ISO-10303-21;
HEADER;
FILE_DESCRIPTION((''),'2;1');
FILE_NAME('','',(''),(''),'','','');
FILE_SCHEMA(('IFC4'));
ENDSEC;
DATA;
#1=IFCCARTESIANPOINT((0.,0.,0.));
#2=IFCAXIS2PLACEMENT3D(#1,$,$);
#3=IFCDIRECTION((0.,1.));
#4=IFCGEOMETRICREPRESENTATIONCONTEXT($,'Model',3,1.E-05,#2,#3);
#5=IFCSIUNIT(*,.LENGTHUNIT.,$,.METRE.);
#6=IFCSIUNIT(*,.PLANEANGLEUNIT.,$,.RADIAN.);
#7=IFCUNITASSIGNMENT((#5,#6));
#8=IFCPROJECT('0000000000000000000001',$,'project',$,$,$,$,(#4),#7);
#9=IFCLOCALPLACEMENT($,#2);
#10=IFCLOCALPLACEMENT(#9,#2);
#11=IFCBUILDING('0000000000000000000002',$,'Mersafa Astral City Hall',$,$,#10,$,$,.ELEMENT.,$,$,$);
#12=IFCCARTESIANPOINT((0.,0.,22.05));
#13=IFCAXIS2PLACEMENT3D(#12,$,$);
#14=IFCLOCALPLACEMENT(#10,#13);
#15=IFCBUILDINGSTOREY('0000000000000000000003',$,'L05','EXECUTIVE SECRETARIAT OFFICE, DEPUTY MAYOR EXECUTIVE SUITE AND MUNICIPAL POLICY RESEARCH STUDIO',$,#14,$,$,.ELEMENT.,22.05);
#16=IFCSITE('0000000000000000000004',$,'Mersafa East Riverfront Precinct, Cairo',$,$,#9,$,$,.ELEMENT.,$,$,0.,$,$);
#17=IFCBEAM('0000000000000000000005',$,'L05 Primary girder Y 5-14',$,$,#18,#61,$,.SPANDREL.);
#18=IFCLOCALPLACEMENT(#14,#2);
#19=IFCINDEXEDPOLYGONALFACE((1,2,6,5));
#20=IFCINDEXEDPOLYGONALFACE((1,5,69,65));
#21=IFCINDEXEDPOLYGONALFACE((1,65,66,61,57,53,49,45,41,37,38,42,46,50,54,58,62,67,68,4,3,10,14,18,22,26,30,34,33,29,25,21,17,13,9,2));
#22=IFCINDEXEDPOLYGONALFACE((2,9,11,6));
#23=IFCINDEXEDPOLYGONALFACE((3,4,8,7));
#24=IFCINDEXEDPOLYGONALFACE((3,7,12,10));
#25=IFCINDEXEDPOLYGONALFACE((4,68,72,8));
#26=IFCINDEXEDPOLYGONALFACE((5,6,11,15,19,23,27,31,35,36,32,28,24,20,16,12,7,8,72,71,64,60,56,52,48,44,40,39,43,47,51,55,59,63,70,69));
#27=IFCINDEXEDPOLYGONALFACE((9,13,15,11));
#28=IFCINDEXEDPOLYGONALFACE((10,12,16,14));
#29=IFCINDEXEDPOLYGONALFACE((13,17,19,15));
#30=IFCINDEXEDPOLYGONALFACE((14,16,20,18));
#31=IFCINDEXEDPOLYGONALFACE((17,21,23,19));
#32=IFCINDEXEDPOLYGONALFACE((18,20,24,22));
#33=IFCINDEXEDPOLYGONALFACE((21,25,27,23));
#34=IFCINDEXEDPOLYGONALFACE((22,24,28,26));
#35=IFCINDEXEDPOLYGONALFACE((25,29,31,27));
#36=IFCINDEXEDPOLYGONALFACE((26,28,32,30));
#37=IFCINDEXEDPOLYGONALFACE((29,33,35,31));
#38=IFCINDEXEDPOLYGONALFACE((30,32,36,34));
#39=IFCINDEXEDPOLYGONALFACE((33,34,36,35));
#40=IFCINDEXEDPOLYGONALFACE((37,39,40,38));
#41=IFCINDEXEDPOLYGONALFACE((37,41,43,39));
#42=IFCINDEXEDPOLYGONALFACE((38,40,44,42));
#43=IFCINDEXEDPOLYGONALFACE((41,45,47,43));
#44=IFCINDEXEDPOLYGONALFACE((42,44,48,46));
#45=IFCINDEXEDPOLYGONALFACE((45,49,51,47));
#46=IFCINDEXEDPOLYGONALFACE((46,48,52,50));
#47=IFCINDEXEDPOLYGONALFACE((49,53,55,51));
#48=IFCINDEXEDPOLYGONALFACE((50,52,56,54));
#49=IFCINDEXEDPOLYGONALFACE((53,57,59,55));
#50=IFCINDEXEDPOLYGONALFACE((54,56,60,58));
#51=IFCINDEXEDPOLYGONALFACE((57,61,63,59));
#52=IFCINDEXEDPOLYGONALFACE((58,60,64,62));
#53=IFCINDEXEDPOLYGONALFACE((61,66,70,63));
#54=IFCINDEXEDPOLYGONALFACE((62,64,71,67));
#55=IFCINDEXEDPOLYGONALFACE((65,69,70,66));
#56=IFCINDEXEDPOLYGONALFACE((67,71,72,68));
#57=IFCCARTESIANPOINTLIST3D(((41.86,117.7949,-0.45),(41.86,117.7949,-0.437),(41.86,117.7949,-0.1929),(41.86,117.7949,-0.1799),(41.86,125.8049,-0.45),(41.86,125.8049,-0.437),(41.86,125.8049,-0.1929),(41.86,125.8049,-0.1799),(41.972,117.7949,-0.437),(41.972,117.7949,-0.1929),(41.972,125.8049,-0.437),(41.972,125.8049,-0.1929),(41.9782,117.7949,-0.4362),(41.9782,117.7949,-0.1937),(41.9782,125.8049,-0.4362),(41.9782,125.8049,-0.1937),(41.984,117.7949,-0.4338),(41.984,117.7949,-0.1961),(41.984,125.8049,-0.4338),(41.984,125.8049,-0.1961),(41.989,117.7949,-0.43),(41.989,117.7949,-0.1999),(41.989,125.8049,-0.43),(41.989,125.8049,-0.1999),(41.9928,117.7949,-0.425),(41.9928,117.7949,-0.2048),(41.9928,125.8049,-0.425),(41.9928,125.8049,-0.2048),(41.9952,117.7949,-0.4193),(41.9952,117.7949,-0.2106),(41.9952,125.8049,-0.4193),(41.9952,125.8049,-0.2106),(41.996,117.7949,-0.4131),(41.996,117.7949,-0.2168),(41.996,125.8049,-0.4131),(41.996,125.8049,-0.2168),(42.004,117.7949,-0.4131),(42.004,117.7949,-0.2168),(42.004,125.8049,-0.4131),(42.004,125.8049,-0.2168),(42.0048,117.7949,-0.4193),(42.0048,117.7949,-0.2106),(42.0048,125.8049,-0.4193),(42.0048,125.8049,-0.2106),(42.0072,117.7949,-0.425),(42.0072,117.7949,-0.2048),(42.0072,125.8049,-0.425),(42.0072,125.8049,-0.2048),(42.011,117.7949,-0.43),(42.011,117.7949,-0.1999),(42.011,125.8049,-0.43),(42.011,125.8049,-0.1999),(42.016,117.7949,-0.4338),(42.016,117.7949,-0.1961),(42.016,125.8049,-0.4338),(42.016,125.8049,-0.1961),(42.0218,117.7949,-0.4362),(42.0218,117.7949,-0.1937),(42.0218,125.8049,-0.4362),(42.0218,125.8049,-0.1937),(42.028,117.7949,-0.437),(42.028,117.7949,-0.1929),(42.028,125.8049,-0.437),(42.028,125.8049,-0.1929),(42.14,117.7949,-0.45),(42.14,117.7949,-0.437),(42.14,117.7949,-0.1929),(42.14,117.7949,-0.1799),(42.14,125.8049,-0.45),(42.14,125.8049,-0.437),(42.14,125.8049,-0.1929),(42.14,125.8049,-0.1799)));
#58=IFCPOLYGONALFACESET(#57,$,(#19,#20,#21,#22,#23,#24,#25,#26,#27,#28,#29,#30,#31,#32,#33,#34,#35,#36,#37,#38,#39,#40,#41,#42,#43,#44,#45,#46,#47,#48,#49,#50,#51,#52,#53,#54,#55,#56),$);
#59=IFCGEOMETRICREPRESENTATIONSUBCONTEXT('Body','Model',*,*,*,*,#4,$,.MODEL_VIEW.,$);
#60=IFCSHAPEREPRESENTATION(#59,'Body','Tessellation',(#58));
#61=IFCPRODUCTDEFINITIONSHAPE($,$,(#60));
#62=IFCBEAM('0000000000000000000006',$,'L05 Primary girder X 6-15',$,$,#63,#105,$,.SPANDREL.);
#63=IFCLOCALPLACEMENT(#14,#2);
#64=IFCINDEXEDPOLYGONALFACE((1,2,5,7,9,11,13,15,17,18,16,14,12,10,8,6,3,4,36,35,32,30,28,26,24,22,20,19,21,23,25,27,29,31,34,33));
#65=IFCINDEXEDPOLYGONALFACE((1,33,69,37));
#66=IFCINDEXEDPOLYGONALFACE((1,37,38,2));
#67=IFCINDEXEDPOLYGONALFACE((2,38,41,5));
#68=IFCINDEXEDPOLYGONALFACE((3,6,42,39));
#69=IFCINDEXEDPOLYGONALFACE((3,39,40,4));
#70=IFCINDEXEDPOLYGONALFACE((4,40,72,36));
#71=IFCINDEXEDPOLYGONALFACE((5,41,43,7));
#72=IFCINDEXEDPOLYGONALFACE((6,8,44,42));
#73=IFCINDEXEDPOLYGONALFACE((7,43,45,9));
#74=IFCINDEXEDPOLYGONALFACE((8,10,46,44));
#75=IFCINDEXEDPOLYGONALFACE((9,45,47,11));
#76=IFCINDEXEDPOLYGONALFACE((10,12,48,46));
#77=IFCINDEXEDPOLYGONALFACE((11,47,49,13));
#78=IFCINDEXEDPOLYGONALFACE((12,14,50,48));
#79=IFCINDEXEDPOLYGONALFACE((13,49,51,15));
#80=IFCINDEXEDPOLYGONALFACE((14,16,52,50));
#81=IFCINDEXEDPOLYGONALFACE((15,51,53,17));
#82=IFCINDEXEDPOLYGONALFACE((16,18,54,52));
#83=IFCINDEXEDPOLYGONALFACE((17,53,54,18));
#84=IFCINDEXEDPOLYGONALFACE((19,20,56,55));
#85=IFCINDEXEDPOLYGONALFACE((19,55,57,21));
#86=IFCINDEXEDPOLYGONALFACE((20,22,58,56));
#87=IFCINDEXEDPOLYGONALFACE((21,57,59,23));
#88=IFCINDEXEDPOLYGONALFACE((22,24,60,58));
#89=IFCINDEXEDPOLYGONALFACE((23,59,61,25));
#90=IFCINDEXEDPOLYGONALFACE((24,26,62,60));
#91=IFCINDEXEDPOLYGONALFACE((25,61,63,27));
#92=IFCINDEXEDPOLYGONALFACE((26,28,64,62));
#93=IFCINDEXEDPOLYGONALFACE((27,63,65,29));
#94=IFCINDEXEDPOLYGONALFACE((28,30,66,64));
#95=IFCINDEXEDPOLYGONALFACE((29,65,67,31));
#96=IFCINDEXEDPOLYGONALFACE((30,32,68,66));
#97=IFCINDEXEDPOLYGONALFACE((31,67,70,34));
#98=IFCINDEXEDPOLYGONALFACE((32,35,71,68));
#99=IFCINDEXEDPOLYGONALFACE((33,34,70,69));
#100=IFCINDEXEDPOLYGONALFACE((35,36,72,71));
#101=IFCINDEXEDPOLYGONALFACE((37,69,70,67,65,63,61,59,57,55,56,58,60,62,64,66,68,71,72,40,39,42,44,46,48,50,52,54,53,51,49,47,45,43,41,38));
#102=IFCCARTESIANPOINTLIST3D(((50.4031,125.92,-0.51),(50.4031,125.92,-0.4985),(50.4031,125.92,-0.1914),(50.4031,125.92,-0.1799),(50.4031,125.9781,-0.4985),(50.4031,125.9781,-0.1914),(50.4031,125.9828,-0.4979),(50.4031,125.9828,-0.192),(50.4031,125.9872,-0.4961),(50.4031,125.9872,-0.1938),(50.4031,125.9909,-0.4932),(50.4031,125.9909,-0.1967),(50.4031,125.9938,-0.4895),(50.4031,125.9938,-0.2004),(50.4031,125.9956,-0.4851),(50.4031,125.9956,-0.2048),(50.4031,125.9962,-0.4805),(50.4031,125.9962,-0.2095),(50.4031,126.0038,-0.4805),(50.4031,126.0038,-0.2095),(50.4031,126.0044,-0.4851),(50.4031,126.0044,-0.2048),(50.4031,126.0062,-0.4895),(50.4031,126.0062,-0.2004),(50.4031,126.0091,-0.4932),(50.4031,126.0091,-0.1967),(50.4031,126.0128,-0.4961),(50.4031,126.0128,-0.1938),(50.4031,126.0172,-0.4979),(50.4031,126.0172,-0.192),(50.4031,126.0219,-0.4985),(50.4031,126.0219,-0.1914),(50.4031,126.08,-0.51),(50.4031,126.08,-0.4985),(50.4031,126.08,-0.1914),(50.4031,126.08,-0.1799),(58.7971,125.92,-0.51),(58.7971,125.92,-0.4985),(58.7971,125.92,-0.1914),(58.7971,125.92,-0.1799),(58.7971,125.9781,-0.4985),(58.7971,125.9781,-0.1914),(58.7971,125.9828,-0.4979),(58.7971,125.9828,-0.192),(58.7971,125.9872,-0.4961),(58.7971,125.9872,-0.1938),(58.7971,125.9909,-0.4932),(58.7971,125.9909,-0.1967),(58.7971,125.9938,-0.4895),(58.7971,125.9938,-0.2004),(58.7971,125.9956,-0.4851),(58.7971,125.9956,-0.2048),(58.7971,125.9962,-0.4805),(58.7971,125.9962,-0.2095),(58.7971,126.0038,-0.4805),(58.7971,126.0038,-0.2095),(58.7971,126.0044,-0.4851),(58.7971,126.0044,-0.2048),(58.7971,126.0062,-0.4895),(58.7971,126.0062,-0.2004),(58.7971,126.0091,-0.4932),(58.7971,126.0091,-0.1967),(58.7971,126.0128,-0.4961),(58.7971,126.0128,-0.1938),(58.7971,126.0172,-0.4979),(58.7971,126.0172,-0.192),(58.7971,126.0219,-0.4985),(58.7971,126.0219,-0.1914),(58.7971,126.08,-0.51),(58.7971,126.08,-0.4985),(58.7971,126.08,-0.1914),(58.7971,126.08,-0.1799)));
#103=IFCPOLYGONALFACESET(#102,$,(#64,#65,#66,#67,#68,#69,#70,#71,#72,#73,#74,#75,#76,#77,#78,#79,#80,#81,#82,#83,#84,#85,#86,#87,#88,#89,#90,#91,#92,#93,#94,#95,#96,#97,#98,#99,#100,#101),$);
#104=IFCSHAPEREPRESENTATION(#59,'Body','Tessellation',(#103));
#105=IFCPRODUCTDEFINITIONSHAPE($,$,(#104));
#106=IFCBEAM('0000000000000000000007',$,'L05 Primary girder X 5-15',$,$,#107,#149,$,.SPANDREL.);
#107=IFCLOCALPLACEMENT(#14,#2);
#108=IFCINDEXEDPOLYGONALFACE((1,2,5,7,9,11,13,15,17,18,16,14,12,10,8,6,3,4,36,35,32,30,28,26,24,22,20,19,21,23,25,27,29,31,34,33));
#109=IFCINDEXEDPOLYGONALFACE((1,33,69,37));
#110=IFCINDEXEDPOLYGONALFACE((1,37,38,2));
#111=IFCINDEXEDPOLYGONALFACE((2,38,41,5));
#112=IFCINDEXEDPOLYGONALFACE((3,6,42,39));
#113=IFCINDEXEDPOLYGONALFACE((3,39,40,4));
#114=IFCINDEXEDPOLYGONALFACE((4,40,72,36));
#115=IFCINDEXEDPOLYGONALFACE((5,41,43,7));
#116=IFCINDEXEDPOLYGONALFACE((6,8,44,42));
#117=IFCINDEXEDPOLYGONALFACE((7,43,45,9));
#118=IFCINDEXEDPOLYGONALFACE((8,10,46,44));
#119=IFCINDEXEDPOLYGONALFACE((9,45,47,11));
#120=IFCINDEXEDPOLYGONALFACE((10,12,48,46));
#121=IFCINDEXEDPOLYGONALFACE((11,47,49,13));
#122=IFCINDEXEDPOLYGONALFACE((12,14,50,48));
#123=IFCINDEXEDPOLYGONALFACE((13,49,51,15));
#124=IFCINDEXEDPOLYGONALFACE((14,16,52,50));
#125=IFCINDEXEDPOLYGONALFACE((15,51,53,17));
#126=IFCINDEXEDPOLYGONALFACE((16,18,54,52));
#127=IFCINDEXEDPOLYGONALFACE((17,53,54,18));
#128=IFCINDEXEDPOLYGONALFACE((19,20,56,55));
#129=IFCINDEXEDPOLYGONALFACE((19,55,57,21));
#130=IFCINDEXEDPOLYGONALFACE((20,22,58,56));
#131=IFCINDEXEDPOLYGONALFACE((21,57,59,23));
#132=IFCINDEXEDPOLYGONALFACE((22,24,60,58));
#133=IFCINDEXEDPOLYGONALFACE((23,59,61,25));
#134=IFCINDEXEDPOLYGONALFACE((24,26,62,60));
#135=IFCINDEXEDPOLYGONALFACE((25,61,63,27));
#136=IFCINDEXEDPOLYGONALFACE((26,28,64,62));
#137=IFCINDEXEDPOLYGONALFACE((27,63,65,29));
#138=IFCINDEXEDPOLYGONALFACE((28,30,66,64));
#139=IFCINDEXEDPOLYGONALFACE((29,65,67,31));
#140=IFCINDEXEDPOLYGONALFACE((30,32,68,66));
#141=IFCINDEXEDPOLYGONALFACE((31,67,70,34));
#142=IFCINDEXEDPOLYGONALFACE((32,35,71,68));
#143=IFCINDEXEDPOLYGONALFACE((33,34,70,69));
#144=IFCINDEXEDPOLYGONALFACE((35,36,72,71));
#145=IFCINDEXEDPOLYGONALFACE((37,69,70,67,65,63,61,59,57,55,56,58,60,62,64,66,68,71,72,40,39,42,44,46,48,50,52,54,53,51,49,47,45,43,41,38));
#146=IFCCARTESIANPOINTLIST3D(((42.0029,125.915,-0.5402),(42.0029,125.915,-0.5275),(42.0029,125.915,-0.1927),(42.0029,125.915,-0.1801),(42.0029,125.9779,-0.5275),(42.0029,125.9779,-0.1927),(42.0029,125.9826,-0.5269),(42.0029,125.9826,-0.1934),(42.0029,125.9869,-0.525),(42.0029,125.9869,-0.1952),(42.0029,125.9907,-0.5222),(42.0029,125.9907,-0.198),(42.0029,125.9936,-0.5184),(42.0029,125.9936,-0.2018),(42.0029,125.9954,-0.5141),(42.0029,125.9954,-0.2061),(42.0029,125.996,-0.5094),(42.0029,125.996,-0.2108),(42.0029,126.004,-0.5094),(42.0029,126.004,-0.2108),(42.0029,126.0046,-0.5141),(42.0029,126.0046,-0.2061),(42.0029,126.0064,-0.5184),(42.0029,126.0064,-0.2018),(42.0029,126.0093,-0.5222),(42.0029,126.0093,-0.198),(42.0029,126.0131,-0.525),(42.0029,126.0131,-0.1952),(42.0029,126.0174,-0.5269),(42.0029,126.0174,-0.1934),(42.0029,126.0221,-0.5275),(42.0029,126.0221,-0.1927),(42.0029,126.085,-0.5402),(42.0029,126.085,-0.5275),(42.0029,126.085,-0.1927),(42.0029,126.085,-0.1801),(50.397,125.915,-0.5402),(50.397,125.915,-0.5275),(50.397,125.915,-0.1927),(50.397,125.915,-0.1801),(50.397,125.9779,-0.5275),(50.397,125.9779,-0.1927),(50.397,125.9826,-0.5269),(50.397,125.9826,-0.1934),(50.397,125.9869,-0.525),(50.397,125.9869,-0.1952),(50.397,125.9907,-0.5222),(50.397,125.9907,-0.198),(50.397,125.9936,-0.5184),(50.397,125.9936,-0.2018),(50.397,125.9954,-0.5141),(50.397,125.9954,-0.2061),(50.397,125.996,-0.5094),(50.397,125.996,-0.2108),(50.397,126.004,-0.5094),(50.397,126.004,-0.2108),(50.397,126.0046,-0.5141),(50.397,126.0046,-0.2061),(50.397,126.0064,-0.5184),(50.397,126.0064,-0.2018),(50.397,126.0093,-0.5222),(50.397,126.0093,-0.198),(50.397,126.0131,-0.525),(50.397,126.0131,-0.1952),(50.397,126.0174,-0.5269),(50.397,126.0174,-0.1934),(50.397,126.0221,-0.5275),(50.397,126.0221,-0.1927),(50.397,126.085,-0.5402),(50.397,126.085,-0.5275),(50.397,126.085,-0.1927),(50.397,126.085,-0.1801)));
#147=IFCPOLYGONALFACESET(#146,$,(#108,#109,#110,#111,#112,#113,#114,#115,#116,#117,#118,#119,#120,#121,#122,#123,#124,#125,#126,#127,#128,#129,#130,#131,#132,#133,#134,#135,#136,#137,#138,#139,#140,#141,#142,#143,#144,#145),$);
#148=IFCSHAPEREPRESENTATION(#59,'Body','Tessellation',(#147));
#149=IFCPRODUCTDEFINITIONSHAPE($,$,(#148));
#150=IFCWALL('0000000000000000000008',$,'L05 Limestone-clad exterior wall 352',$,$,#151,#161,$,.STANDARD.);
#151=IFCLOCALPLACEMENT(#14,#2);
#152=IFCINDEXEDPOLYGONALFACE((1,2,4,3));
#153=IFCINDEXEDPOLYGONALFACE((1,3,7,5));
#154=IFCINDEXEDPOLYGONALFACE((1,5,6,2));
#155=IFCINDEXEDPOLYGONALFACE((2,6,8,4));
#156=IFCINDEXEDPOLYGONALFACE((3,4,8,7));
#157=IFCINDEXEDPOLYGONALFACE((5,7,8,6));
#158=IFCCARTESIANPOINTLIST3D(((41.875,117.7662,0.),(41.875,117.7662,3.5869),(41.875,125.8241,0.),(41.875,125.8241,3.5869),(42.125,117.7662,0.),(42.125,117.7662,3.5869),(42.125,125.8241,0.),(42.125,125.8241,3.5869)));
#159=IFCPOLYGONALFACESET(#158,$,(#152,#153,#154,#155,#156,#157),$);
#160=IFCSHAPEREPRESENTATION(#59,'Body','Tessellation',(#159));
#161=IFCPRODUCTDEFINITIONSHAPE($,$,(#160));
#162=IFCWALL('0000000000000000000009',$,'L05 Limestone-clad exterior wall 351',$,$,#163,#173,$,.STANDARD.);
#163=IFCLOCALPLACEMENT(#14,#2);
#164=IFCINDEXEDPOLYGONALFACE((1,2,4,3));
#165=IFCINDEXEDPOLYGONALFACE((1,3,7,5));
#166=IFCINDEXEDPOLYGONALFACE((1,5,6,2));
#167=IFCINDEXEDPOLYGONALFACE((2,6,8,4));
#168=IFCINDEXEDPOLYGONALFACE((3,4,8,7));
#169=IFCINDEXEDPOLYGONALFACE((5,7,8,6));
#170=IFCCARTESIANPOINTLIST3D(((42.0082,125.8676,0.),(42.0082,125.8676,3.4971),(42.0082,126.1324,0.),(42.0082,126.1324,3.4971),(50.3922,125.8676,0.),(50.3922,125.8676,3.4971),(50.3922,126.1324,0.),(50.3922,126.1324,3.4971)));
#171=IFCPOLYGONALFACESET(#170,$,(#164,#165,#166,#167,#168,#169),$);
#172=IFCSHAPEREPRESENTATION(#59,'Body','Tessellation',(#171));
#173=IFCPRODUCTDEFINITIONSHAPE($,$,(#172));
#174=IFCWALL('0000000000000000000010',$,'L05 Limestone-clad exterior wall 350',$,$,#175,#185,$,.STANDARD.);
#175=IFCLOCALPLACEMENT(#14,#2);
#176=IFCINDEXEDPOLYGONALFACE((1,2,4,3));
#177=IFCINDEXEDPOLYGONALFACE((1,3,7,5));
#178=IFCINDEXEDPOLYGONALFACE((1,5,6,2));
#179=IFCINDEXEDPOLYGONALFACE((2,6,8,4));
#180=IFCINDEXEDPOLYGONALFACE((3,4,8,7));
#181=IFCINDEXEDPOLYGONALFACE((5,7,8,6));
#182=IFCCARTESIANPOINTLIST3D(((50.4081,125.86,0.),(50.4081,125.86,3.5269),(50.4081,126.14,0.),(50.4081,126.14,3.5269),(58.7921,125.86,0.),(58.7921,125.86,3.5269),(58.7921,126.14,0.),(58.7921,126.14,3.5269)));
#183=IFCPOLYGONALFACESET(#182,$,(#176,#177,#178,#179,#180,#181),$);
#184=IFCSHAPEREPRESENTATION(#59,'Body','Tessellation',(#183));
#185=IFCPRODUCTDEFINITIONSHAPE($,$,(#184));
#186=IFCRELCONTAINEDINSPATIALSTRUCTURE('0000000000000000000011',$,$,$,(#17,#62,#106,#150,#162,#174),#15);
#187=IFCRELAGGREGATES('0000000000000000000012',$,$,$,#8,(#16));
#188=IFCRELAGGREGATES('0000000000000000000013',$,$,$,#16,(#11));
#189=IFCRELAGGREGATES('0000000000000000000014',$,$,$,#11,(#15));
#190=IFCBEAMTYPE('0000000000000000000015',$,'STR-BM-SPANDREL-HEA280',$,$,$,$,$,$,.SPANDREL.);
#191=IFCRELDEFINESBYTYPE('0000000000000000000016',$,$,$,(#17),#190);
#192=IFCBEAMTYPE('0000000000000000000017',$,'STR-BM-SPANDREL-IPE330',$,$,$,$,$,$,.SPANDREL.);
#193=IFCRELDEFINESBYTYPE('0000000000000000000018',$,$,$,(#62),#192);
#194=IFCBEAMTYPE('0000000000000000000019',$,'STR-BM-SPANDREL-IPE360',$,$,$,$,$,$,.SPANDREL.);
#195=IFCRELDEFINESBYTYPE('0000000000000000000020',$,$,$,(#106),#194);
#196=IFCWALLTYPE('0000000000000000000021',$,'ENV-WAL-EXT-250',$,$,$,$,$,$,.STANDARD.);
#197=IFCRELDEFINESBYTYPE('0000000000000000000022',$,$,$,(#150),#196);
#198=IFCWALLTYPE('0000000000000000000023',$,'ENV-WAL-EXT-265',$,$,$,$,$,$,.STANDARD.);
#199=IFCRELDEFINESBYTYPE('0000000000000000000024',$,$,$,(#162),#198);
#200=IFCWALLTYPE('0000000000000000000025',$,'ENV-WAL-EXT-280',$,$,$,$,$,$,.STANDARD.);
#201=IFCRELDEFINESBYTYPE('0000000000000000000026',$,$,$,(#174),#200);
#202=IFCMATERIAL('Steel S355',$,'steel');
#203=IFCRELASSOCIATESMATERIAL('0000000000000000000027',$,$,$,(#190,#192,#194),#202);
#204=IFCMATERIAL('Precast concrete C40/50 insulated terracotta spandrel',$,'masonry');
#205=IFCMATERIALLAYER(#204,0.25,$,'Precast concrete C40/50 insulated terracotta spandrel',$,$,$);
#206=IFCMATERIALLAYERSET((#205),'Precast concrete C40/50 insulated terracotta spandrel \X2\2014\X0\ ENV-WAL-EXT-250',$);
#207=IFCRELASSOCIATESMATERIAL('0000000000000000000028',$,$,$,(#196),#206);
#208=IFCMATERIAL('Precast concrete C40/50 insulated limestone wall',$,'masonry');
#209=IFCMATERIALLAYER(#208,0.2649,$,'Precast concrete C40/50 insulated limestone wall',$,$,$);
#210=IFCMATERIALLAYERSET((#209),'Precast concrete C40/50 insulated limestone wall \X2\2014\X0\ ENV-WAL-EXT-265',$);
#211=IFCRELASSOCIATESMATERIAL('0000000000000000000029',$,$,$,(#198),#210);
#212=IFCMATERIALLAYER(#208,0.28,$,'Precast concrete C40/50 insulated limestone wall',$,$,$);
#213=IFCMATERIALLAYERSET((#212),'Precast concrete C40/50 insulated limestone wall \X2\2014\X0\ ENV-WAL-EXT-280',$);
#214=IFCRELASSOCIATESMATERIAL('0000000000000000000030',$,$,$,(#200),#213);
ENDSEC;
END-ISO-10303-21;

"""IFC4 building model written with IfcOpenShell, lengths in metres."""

from ifc_helpers import new_model, si_unit, direction, frame, frame_2d, origin, origin_2d, place, context, subcontext, project, spatial, rectangle, i_section, extrude, material, layer, layer_set, material_profile, profile_set, type_object, element, save


model = new_model("IFC4")

# Units and contexts
model_context = context("Model", 3, precision=1e-05, world=origin(), true_north=direction((0.0, 1.0)))
body_context = subcontext(model_context, "Body", "Model", "MODEL_VIEW")
ifc_project = project(units=[si_unit("LENGTHUNIT", "METRE"), si_unit("PLANEANGLEUNIT", "RADIAN")], contexts=[model_context])

# Site, building, storey
site_placement = place(None, origin())
site = spatial("IfcSite", under=ifc_project, at=site_placement, Name="Mersafa East Riverfront Precinct, Cairo", CompositionType="ELEMENT", RefElevation=0.0)
building_placement = place(site_placement, origin())
building = spatial("IfcBuilding", under=site, at=building_placement, Name="Mersafa Astral City Hall", CompositionType="ELEMENT")
storey_placement = place(building_placement, frame((0.0, 0.0, 22.05)))
storey = spatial("IfcBuildingStorey", under=building, at=storey_placement, Name="L05", Description="EXECUTIVE SECRETARIAT OFFICE, DEPUTY MAYOR EXECUTIVE SUITE AND MUNICIPAL POLICY RESEARCH STUDIO", CompositionType="ELEMENT", Elevation=22.05)

# Shared definitions
ifc_material_1 = material(Name="Steel S355", Category="steel")

# Beams
ifc_material_profile_1 = material_profile(ifc_material_1, i_section(OverallWidth=0.28, OverallDepth=0.27, WebThickness=0.0081, FlangeThickness=0.0129, FilletRadius=0.0239, at=origin_2d()), Name="HEA 280")
ifc_profile_set_1 = profile_set([ifc_material_profile_1], Name="Steel S355")
beam_type_1 = type_object("IfcBeamType", Name="STR-BM-SPANDREL-HEA280", PredefinedType="SPANDREL", material=ifc_profile_set_1)
beam_1_placement = place(storey_placement, frame((42.0, 117.7949, -0.3149), z_axis=(0.0, 1.0, 0.0), x_axis=(-1.0, 0.0, 0.0)))
element("IfcBeam", 1, at=beam_1_placement, inside=storey, type_object=beam_type_1, Name="L05 Primary girder Y 5-14", PredefinedType="SPANDREL", context=body_context, shape_type="SweptSolid", body=[
    extrude(i_section(OverallWidth=0.28, OverallDepth=0.27, WebThickness=0.0081, FlangeThickness=0.0129, FilletRadius=0.0239, at=origin_2d()), origin(), (0.0, 0.0, 1.0), 8.01),
])
ifc_material_profile_2 = material_profile(ifc_material_1, i_section(OverallWidth=0.1599, OverallDepth=0.3301, WebThickness=0.0076, FlangeThickness=0.0115, FilletRadius=0.0181, at=origin_2d()), Name="IPE 330")
ifc_profile_set_2 = profile_set([ifc_material_profile_2], Name="Steel S355")
beam_type_2 = type_object("IfcBeamType", Name="STR-BM-SPANDREL-IPE330", PredefinedType="SPANDREL", material=ifc_profile_set_2)
beam_2_placement = place(storey_placement, frame((50.4031, 126.0, -0.345), z_axis=(1.0, 0.0, 0.0), x_axis=(0.0, 1.0, 0.0)))
element("IfcBeam", 2, at=beam_2_placement, inside=storey, type_object=beam_type_2, Name="L05 Primary girder X 6-15", PredefinedType="SPANDREL", context=body_context, shape_type="SweptSolid", body=[
    extrude(i_section(OverallWidth=0.1599, OverallDepth=0.3301, WebThickness=0.0076, FlangeThickness=0.0115, FilletRadius=0.0181, at=origin_2d()), origin(), (0.0, 0.0, 1.0), 8.394),
])
ifc_material_profile_3 = material_profile(ifc_material_1, i_section(OverallWidth=0.1699, OverallDepth=0.3601, WebThickness=0.0081, FlangeThickness=0.0127, FilletRadius=0.0181, at=origin_2d()), Name="IPE 360")
ifc_profile_set_3 = profile_set([ifc_material_profile_3], Name="Steel S355")
beam_type_3 = type_object("IfcBeamType", Name="STR-BM-SPANDREL-IPE360", PredefinedType="SPANDREL", material=ifc_profile_set_3)
beam_3_placement = place(storey_placement, frame((42.0029, 126.0, -0.3601), z_axis=(1.0, 0.0, 0.0), x_axis=(0.0, 1.0, 0.0)))
element("IfcBeam", 3, at=beam_3_placement, inside=storey, type_object=beam_type_3, Name="L05 Primary girder X 5-15", PredefinedType="SPANDREL", context=body_context, shape_type="SweptSolid", body=[
    extrude(i_section(OverallWidth=0.1699, OverallDepth=0.3601, WebThickness=0.0081, FlangeThickness=0.0127, FilletRadius=0.0181, at=origin_2d()), origin(), (0.0, 0.0, 1.0), 8.394),
])

# Walls
ifc_material_2 = material(Name="Precast concrete C40/50 insulated terracotta spandrel", Category="masonry")
ifc_layer_1 = layer(ifc_material_2, 0.25, Name="Precast concrete C40/50 insulated terracotta spandrel")
ifc_layer_set_1 = layer_set([ifc_layer_1], Name="Precast concrete C40/50 insulated terracotta spandrel — ENV-WAL-EXT-250")
wall_type_1 = type_object("IfcWallType", Name="ENV-WAL-EXT-250", PredefinedType="STANDARD", material=ifc_layer_set_1)
wall_1_placement = place(storey_placement, frame((42.0, 125.824, 0.0), z_axis=(0.0, 0.0, 1.0), x_axis=(0.0, -1.0, 0.0)))
element("IfcWall", 4, at=wall_1_placement, inside=storey, type_object=wall_type_1, Name="L05 Limestone-clad exterior wall 352", PredefinedType="STANDARD", context=body_context, shape_type="SweptSolid", body=[
    extrude(rectangle(XDim=8.0579, YDim=0.25, at=frame_2d((4.0288, 0.0))), origin(), (0.0, 0.0, 1.0), 3.5869),
])
ifc_material_3 = material(Name="Precast concrete C40/50 insulated limestone wall", Category="masonry")
ifc_layer_2 = layer(ifc_material_3, 0.2649, Name="Precast concrete C40/50 insulated limestone wall")
ifc_layer_set_2 = layer_set([ifc_layer_2], Name="Precast concrete C40/50 insulated limestone wall — ENV-WAL-EXT-265")
wall_type_2 = type_object("IfcWallType", Name="ENV-WAL-EXT-265", PredefinedType="STANDARD", material=ifc_layer_set_2)
wall_2_placement = place(storey_placement, frame((50.3921, 126.0, 0.0), z_axis=(0.0, 0.0, 1.0), x_axis=(-1.0, 0.0, 0.0)))
element("IfcWall", 5, at=wall_2_placement, inside=storey, type_object=wall_type_2, Name="L05 Limestone-clad exterior wall 351", PredefinedType="STANDARD", context=body_context, shape_type="SweptSolid", body=[
    extrude(rectangle(XDim=8.384, YDim=0.2649, at=frame_2d((4.1919, 0.0))), origin(), (0.0, 0.0, 1.0), 3.4971),
])
ifc_layer_3 = layer(ifc_material_3, 0.28, Name="Precast concrete C40/50 insulated limestone wall")
ifc_layer_set_3 = layer_set([ifc_layer_3], Name="Precast concrete C40/50 insulated limestone wall — ENV-WAL-EXT-280")
wall_type_3 = type_object("IfcWallType", Name="ENV-WAL-EXT-280", PredefinedType="STANDARD", material=ifc_layer_set_3)
wall_3_placement = place(storey_placement, frame((58.792, 126.0, 0.0), z_axis=(0.0, 0.0, 1.0), x_axis=(-1.0, 0.0, 0.0)))
element("IfcWall", 6, at=wall_3_placement, inside=storey, type_object=wall_type_3, Name="L05 Limestone-clad exterior wall 350", PredefinedType="STANDARD", context=body_context, shape_type="SweptSolid", body=[
    extrude(rectangle(XDim=8.384, YDim=0.28, at=frame_2d((4.1919, 0.0))), origin(), (0.0, 0.0, 1.0), 3.5269),
])

save(model, "model.ifc")
